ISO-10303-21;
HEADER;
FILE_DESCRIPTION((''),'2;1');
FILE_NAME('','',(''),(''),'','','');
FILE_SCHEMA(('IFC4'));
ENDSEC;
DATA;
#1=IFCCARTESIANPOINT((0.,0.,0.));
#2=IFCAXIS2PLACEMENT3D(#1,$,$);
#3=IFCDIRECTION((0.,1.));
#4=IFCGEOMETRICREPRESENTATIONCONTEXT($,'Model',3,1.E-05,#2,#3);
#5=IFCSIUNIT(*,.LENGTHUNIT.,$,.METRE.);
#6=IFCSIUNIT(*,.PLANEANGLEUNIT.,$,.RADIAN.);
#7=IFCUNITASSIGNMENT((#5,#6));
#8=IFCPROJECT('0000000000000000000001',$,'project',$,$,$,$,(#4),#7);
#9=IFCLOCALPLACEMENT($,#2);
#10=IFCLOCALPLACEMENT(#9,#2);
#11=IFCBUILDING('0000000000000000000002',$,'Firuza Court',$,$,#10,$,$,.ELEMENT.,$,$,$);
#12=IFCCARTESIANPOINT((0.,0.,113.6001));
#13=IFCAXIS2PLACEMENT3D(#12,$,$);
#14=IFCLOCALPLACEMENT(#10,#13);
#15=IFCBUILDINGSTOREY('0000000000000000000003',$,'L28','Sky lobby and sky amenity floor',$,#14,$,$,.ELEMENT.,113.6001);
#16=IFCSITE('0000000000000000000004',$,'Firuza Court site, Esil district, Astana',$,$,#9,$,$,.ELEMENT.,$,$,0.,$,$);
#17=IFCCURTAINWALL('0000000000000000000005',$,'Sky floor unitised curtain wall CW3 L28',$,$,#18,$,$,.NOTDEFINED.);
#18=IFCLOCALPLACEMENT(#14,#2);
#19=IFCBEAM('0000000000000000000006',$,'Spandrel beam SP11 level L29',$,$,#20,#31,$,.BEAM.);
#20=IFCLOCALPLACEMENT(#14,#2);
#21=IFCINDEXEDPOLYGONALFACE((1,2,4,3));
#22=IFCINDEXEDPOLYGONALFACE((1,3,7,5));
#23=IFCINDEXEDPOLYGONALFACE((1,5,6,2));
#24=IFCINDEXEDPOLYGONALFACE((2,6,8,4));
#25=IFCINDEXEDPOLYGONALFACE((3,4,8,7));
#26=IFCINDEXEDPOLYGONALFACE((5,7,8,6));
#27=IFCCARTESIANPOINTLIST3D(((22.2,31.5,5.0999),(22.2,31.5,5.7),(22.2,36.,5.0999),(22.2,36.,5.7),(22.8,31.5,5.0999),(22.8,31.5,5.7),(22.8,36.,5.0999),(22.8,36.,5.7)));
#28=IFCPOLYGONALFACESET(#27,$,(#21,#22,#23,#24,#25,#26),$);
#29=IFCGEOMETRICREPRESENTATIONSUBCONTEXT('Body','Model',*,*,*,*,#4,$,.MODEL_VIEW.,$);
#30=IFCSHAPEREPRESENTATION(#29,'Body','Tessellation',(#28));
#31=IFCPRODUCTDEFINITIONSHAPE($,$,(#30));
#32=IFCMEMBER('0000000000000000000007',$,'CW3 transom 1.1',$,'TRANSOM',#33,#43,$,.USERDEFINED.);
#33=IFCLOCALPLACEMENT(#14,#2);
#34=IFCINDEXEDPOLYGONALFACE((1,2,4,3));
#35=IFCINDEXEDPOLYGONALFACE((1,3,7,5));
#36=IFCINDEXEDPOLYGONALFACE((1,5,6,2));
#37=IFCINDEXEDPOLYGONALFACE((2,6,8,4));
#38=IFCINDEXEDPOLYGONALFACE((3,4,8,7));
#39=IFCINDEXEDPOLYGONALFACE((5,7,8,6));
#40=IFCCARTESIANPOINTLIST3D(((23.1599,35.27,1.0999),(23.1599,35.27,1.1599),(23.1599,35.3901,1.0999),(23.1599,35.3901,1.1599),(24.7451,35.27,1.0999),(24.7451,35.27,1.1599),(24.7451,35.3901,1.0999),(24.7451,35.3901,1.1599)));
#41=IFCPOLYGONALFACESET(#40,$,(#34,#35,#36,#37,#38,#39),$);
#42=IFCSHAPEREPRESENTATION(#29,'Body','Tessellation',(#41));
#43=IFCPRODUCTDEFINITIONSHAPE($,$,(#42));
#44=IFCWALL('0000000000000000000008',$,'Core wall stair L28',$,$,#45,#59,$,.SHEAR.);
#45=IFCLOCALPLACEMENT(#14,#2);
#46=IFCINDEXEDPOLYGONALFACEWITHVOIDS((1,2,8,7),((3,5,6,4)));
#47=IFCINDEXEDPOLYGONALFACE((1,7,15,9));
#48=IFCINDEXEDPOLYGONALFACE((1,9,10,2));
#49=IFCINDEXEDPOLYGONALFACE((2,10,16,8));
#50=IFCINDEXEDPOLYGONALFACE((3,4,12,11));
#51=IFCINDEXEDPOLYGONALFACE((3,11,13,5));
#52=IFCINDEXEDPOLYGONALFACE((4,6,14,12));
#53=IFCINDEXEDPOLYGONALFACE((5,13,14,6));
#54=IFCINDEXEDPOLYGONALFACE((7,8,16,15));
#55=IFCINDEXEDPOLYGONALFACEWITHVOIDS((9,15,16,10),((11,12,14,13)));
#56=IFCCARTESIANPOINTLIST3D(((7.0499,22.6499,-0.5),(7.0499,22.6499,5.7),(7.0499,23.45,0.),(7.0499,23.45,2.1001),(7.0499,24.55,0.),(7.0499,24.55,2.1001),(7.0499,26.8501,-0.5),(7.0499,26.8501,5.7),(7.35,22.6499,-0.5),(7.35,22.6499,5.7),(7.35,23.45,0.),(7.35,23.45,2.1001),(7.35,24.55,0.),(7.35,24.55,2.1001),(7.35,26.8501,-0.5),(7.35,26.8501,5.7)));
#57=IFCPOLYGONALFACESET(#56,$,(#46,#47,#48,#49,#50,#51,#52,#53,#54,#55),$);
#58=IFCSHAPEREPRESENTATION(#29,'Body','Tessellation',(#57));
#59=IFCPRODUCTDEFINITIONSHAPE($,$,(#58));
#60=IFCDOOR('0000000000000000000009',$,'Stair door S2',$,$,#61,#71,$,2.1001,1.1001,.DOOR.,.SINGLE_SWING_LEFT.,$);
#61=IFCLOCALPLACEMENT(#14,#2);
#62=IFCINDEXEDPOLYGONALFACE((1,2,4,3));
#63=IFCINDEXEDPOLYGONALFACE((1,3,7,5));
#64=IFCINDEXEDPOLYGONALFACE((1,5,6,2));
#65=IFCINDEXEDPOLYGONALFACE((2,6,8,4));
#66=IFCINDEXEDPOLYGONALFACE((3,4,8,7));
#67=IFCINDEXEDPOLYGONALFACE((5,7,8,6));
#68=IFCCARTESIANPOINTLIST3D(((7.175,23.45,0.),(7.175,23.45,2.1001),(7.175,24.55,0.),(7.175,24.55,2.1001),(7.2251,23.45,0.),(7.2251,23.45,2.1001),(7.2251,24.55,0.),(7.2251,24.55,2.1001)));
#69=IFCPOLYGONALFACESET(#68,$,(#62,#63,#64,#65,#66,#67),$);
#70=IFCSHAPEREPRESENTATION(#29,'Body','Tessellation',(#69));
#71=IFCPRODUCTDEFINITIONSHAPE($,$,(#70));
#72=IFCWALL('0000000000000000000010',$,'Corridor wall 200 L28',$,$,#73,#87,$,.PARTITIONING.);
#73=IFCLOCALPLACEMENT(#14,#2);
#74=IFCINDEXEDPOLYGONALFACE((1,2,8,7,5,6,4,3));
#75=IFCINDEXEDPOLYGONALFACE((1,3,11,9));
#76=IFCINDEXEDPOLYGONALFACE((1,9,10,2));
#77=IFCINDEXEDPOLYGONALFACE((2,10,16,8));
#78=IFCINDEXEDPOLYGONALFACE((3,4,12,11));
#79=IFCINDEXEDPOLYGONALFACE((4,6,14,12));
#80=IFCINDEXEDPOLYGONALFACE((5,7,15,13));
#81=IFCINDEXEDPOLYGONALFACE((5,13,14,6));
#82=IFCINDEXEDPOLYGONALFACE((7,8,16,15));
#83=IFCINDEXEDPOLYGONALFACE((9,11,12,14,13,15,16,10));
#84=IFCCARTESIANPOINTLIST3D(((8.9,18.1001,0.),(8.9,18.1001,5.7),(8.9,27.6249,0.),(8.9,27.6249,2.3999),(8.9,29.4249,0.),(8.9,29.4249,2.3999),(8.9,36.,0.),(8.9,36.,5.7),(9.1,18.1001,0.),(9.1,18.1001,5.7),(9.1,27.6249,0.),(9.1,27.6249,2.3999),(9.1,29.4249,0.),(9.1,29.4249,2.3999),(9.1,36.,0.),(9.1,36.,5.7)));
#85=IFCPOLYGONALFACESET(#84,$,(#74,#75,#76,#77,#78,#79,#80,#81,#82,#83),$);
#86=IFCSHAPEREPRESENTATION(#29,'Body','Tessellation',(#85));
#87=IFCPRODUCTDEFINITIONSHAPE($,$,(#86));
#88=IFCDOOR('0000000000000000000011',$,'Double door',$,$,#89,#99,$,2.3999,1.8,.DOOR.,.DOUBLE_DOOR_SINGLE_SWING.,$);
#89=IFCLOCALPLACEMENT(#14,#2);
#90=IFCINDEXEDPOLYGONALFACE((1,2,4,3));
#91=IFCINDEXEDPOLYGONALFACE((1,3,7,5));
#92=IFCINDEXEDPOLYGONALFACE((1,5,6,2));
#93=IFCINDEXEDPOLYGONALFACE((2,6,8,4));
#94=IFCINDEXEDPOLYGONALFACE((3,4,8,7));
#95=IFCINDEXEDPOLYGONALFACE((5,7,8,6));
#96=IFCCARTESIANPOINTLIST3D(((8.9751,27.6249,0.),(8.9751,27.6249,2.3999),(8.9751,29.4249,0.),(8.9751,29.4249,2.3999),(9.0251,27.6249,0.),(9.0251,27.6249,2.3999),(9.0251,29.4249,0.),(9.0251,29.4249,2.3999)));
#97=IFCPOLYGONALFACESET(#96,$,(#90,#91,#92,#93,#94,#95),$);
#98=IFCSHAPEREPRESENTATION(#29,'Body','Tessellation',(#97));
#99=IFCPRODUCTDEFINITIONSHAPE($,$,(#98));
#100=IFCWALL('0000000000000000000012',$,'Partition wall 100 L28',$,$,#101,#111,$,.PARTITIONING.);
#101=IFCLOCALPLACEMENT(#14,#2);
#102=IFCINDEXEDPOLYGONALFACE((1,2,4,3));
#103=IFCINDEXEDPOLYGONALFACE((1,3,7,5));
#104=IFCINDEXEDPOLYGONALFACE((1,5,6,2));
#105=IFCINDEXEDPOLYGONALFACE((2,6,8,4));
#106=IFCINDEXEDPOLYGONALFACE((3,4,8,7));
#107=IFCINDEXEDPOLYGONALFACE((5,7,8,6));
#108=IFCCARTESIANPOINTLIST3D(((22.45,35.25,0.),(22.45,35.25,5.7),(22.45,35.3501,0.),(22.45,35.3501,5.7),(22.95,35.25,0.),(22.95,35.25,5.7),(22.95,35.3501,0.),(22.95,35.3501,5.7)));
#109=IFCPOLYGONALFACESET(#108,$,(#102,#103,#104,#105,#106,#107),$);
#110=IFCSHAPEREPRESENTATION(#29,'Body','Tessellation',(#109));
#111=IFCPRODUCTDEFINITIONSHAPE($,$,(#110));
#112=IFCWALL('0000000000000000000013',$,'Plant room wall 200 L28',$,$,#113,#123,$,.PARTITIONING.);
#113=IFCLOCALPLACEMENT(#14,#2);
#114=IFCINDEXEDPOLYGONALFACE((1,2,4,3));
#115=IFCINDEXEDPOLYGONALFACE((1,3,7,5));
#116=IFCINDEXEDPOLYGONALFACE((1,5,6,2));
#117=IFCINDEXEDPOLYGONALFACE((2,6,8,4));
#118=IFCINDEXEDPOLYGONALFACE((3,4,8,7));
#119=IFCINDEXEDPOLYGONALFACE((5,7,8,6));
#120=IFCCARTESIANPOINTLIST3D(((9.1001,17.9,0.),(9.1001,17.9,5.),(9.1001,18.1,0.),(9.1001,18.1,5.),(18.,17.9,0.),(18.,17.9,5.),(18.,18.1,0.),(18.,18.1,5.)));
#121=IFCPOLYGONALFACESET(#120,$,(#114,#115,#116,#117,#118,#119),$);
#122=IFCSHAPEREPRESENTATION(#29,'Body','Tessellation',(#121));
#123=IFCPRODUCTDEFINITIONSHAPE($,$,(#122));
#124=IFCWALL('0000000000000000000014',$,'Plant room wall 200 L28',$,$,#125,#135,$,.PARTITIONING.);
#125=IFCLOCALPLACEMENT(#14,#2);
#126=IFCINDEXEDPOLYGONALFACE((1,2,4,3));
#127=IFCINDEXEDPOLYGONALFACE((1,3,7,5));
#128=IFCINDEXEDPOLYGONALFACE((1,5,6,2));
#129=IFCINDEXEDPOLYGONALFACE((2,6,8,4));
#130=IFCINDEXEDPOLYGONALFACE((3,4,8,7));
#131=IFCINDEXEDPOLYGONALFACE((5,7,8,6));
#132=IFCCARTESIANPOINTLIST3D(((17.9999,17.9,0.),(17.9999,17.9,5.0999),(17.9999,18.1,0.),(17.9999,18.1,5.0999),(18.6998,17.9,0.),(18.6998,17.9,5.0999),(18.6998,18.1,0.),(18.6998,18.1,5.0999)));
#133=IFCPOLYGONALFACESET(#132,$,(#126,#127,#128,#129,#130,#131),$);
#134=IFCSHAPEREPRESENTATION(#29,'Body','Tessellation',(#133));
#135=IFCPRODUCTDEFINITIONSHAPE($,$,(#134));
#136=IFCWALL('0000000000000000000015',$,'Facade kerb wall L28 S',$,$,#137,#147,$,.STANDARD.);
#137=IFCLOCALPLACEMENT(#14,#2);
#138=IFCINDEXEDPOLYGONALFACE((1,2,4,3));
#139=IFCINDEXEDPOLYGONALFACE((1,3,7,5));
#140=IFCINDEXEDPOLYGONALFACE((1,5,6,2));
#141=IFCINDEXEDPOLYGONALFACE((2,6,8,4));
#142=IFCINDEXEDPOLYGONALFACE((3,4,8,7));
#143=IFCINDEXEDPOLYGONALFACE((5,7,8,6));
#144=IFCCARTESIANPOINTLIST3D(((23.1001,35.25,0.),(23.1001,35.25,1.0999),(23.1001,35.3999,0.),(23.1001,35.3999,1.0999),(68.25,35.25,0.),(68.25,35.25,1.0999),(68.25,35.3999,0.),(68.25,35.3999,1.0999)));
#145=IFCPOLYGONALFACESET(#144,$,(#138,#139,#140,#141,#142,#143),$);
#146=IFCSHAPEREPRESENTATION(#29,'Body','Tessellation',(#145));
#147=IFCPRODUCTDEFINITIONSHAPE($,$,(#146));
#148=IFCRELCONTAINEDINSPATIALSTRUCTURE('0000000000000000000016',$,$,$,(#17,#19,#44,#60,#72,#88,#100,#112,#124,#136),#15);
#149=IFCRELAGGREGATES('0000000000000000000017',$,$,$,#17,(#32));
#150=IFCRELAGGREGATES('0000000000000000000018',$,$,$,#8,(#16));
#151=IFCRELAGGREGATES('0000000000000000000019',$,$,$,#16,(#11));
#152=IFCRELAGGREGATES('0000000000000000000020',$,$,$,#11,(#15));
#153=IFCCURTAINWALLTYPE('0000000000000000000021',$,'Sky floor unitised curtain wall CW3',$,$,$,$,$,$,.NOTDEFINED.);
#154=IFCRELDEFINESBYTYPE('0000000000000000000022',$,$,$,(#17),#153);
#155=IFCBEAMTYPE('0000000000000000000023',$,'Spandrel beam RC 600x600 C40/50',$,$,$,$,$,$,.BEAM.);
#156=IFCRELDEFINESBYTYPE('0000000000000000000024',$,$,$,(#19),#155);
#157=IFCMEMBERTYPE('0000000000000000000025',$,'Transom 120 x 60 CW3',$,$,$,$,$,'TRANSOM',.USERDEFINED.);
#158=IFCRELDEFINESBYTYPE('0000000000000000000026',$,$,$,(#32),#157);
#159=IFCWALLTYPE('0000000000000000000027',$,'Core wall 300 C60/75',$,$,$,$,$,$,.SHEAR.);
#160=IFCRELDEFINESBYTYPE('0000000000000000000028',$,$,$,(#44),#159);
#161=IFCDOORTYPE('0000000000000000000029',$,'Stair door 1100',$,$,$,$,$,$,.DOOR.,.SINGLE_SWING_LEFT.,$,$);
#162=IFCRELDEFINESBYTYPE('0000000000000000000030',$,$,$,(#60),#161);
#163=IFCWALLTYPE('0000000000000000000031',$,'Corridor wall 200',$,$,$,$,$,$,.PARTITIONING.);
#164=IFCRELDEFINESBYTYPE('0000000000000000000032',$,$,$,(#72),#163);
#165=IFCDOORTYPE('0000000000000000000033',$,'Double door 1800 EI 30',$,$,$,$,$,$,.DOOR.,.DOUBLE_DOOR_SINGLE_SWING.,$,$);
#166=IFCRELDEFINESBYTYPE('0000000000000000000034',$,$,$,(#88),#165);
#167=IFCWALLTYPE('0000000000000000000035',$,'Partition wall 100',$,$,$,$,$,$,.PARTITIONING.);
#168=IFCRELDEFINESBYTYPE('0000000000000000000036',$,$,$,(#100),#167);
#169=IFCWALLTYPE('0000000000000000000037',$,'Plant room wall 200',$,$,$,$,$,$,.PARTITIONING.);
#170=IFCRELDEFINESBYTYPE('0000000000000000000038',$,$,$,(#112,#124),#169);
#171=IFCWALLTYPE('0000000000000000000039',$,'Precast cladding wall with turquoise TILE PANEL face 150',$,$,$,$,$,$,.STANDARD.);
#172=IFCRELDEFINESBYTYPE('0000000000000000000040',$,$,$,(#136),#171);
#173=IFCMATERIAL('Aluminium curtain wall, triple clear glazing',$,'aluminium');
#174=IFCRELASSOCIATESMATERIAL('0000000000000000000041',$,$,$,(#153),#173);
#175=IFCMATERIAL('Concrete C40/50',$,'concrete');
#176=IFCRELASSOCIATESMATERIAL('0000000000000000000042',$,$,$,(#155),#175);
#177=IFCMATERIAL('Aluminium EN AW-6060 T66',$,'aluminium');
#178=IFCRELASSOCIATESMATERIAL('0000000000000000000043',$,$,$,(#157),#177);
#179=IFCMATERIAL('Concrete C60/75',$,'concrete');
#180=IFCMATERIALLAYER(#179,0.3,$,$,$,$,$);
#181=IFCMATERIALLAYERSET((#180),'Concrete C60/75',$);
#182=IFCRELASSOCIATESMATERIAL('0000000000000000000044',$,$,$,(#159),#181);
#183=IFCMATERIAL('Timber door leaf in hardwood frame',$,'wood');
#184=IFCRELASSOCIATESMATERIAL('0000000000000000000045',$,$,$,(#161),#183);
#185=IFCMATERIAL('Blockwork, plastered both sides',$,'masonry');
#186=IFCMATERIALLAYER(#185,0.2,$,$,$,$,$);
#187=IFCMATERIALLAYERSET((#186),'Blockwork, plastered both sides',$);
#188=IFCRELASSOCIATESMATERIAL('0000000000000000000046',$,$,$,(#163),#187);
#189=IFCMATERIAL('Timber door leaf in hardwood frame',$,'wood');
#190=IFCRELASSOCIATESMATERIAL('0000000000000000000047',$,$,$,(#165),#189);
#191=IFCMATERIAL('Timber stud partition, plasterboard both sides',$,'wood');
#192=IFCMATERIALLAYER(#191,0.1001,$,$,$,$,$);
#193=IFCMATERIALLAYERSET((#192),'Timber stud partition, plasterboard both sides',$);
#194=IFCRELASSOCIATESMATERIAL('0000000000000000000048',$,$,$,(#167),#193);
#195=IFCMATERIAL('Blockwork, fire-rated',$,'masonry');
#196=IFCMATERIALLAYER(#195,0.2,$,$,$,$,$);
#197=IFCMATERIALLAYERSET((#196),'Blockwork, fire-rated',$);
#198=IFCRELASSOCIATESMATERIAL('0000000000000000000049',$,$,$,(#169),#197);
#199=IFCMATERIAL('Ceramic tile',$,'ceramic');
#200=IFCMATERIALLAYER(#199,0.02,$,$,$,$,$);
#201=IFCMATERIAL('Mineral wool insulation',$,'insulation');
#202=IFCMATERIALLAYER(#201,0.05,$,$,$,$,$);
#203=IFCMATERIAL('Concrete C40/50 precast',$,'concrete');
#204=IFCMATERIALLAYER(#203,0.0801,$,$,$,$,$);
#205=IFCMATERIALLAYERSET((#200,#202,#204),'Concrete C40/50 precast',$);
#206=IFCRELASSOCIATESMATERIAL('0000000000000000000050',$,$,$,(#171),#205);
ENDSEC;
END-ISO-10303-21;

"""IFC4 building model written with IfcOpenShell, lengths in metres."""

from ifc_helpers import new_model, si_unit, direction, frame, frame_2d, origin, origin_2d, place, context, subcontext, project, spatial, rectangle, extrude, material, layer, layer_set, material_profile, profile_set, type_object, element, fill, aggregate, save


model = new_model("IFC4")

# Units and contexts
model_context = context("Model", 3, precision=1e-05, world=origin(), true_north=direction((0.0, 1.0)))
body_context = subcontext(model_context, "Body", "Model", "MODEL_VIEW")
ifc_project = project(units=[si_unit("LENGTHUNIT", "METRE"), si_unit("PLANEANGLEUNIT", "RADIAN")], contexts=[model_context])

# Site, building, storey
site_placement = place(None, origin())
site = spatial("IfcSite", under=ifc_project, at=site_placement, Name="Firuza Court site, Esil district, Astana", CompositionType="ELEMENT", RefElevation=0.0)
building_placement = place(site_placement, origin())
building = spatial("IfcBuilding", under=site, at=building_placement, Name="Firuza Court", CompositionType="ELEMENT")
storey_placement = place(building_placement, frame((0.0, 0.0, 113.6001)))
storey = spatial("IfcBuildingStorey", under=building, at=storey_placement, Name="L28", Description="Sky lobby and sky amenity floor", CompositionType="ELEMENT", Elevation=113.6001)

# Shared definitions
ifc_material_1 = material(Name="Aluminium curtain wall, triple clear glazing", Category="aluminium")
curtain_wall_type = type_object("IfcCurtainWallType", Name="Sky floor unitised curtain wall CW3", PredefinedType="NOTDEFINED", material=ifc_material_1)

# Curtain wall
curtain_wall_1_placement = place(storey_placement, origin())
curtain_wall_1 = element("IfcCurtainWall", 1, at=curtain_wall_1_placement, inside=storey, type_object=curtain_wall_type, Name="Sky floor unitised curtain wall CW3 L28", PredefinedType="NOTDEFINED")

# Beam
ifc_material_2 = material(Name="Concrete C40/50", Category="concrete")
ifc_material_profile_1 = material_profile(ifc_material_2, rectangle(XDim=0.6001, YDim=0.6001, at=origin_2d()), Name="RC 600x600")
ifc_profile_set_1 = profile_set([ifc_material_profile_1], Name="Concrete C40/50")
beam_type_1 = type_object("IfcBeamType", Name="Spandrel beam RC 600x600 C40/50", PredefinedType="BEAM", material=ifc_profile_set_1)
for number, where, z_axis, x_axis, name in (
    (2, (22.5, 31.5, 5.3999), (0.0, 1.0, 0.0), (-1.0, 0.0, 0.0), "Spandrel beam SP11 level L29"),
):
    element("IfcBeam", number, at=place(storey_placement, frame(where, z_axis=z_axis, x_axis=x_axis)), inside=storey, type_object=beam_type_1, Name=name, PredefinedType="BEAM", context=body_context, shape_type="SweptSolid", body=[
        extrude(rectangle(XDim=0.6001, YDim=0.6001, at=origin_2d()), origin(), (0.0, 0.0, 1.0), 4.5),
    ])

# Member
ifc_material_3 = material(Name="Aluminium EN AW-6060 T66", Category="aluminium")
ifc_material_profile_2 = material_profile(ifc_material_3, rectangle(XDim=0.1201, YDim=0.0601, at=origin_2d()), Name="Transom 120 x 60 CW3")
ifc_profile_set_2 = profile_set([ifc_material_profile_2], Name="Aluminium EN AW-6060 T66")
member_type_1 = type_object("IfcMemberType", Name="Transom 120 x 60 CW3", ElementType="TRANSOM", PredefinedType="USERDEFINED", material=ifc_profile_set_2)
member_1_placement = place(storey_placement, frame((23.1599, 35.3301, 1.1299), z_axis=(1.0, 0.0, 0.0), x_axis=(0.0, 1.0, 0.0)))
member_1 = element("IfcMember", 3, at=member_1_placement, type_object=member_type_1, Name="CW3 transom 1.1", ObjectType="TRANSOM", PredefinedType="USERDEFINED", context=body_context, shape_type="SweptSolid", body=[
    extrude(rectangle(XDim=0.1201, YDim=0.0601, at=origin_2d()), origin(), (0.0, 0.0, 1.0), 1.5852),
])
aggregate(curtain_wall_1, [member_1])

# Walls, openings, doors
ifc_material_4 = material(Name="Concrete C60/75", Category="concrete")
ifc_layer_1 = layer(ifc_material_4, 0.3)
ifc_layer_set_1 = layer_set([ifc_layer_1], Name="Concrete C60/75")
wall_type_1 = type_object("IfcWallType", Name="Core wall 300 C60/75", PredefinedType="SHEAR", material=ifc_layer_set_1)
wall_1_placement = place(storey_placement, frame((7.2, 22.6499, -0.5), z_axis=(0.0, 0.0, 1.0), x_axis=(0.0, 1.0, 0.0)))
wall_1 = element("IfcWall", 4, at=wall_1_placement, inside=storey, type_object=wall_type_1, Name="Core wall stair L28", PredefinedType="SHEAR", context=body_context, shape_type="SweptSolid", body=[
    extrude(rectangle(XDim=4.2002, YDim=0.3, at=frame_2d((2.1001, 0.0))), origin(), (0.0, 0.0, 1.0), 6.2),
])
opening_1_placement = place(wall_1_placement, frame((0.8, 0.0, 0.5)))
opening_1 = element("IfcOpeningElement", 5, at=opening_1_placement, cuts=wall_1, PredefinedType="OPENING", context=body_context, shape_type="SweptSolid", body=[
    extrude(rectangle(XDim=1.1001, YDim=2.1001, at=frame_2d((0.55, 1.05))), frame((0.0, 0.1621, 0.0), z_axis=(0.0, -1.0, 0.0), x_axis=(1.0, 0.0, 0.0)), (0.0, 0.0, 1.0), 0.324),
])
ifc_material_5 = material(Name="Timber door leaf in hardwood frame", Category="wood")
door_type_1 = type_object("IfcDoorType", Name="Stair door 1100", OperationType="SINGLE_SWING_LEFT", PredefinedType="DOOR", material=ifc_material_5)
door_1_placement = place(opening_1_placement, origin())
door_1 = element("IfcDoor", 6, at=door_1_placement, inside=storey, type_object=door_type_1, Name="Stair door S2", OperationType="SINGLE_SWING_LEFT", OverallHeight=2.1001, OverallWidth=1.1001, PredefinedType="DOOR", context=body_context, shape_type="SweptSolid", body=[
    extrude(rectangle(XDim=1.1001, YDim=2.1001, at=frame_2d((0.55, 1.05))), frame((0.0, 0.0249, 0.0), z_axis=(0.0, -1.0, 0.0), x_axis=(1.0, 0.0, 0.0)), (0.0, 0.0, 1.0), 0.05),
])
fill(opening_1, door_1)
ifc_material_6 = material(Name="Blockwork, plastered both sides", Category="masonry")
ifc_layer_2 = layer(ifc_material_6, 0.2)
ifc_layer_set_2 = layer_set([ifc_layer_2], Name="Blockwork, plastered both sides")
wall_type_2 = type_object("IfcWallType", Name="Corridor wall 200", PredefinedType="PARTITIONING", material=ifc_layer_set_2)
wall_2_placement = place(storey_placement, frame((9.0, 18.1001, 0.0), z_axis=(0.0, 0.0, 1.0), x_axis=(0.0, 1.0, 0.0)))
wall_2 = element("IfcWall", 7, at=wall_2_placement, inside=storey, type_object=wall_type_2, Name="Corridor wall 200 L28", PredefinedType="PARTITIONING", context=body_context, shape_type="SweptSolid", body=[
    extrude(rectangle(XDim=17.8999, YDim=0.2, at=frame_2d((8.95, 0.0))), origin(), (0.0, 0.0, 1.0), 5.7),
])
opening_2_placement = place(wall_2_placement, frame((9.5249, 0.0, 0.0)))
opening_2 = element("IfcOpeningElement", 8, at=opening_2_placement, cuts=wall_2, PredefinedType="OPENING", context=body_context, shape_type="SweptSolid", body=[
    extrude(rectangle(XDim=1.8, YDim=2.3999, at=frame_2d((0.8999, 1.2))), frame((0.0, 0.1118, 0.0), z_axis=(0.0, -1.0, 0.0), x_axis=(1.0, 0.0, 0.0)), (0.0, 0.0, 1.0), 0.2239),
])
ifc_material_7 = material(Name="Timber door leaf in hardwood frame", Category="wood")
door_type_2 = type_object("IfcDoorType", Name="Double door 1800 EI 30", OperationType="DOUBLE_DOOR_SINGLE_SWING", PredefinedType="DOOR", material=ifc_material_7)
door_2_placement = place(opening_2_placement, origin())
door_2 = element("IfcDoor", 9, at=door_2_placement, inside=storey, type_object=door_type_2, Name="Double door", OperationType="DOUBLE_DOOR_SINGLE_SWING", OverallHeight=2.3999, OverallWidth=1.8, PredefinedType="DOOR", context=body_context, shape_type="SweptSolid", body=[
    extrude(rectangle(XDim=1.8, YDim=2.3999, at=frame_2d((0.8999, 1.2))), frame((0.0, 0.0249, 0.0), z_axis=(0.0, -1.0, 0.0), x_axis=(1.0, 0.0, 0.0)), (0.0, 0.0, 1.0), 0.05),
])
fill(opening_2, door_2)

# Walls
ifc_material_8 = material(Name="Timber stud partition, plasterboard both sides", Category="wood")
ifc_layer_3 = layer(ifc_material_8, 0.1001)
ifc_layer_set_3 = layer_set([ifc_layer_3], Name="Timber stud partition, plasterboard both sides")
wall_type_3 = type_object("IfcWallType", Name="Partition wall 100", PredefinedType="PARTITIONING", material=ifc_layer_set_3)
wall_3_placement = place(storey_placement, frame((22.95, 35.3, 0.0), z_axis=(0.0, 0.0, 1.0), x_axis=(-1.0, 0.0, 0.0)))
element("IfcWall", 10, at=wall_3_placement, inside=storey, type_object=wall_type_3, Name="Partition wall 100 L28", PredefinedType="PARTITIONING", context=body_context, shape_type="SweptSolid", body=[
    extrude(rectangle(XDim=0.5, YDim=0.1001, at=frame_2d((0.25, 0.0))), origin(), (0.0, 0.0, 1.0), 5.7),
])
ifc_material_9 = material(Name="Blockwork, fire-rated", Category="masonry")
ifc_layer_4 = layer(ifc_material_9, 0.2)
ifc_layer_set_4 = layer_set([ifc_layer_4], Name="Blockwork, fire-rated")
wall_type_4 = type_object("IfcWallType", Name="Plant room wall 200", PredefinedType="PARTITIONING", material=ifc_layer_set_4)
wall_4_placement = place(storey_placement, frame((18.0, 18.0, 0.0), z_axis=(0.0, 0.0, 1.0), x_axis=(-1.0, 0.0, 0.0)))
element("IfcWall", 11, at=wall_4_placement, inside=storey, type_object=wall_type_4, Name="Plant room wall 200 L28", PredefinedType="PARTITIONING", context=body_context, shape_type="SweptSolid", body=[
    extrude(rectangle(XDim=8.8999, YDim=0.2, at=frame_2d((4.45, 0.0))), origin(), (0.0, 0.0, 1.0), 5.0),
])
wall_5_placement = place(storey_placement, frame((18.7, 18.0, 0.0), z_axis=(0.0, 0.0, 1.0), x_axis=(-1.0, 0.0, 0.0)))
element("IfcWall", 12, at=wall_5_placement, inside=storey, type_object=wall_type_4, Name="Plant room wall 200 L28", PredefinedType="PARTITIONING", context=body_context, shape_type="SweptSolid", body=[
    extrude(rectangle(XDim=0.7, YDim=0.2, at=frame_2d((0.3501, 0.0))), origin(), (0.0, 0.0, 1.0), 5.0999),
])
ifc_material_10 = material(Name="Ceramic tile", Category="ceramic")
ifc_layer_5 = layer(ifc_material_10, 0.02)
ifc_material_11 = material(Name="Mineral wool insulation", Category="insulation")
ifc_layer_6 = layer(ifc_material_11, 0.05)
ifc_material_12 = material(Name="Concrete C40/50 precast", Category="concrete")
ifc_layer_7 = layer(ifc_material_12, 0.0801)
ifc_layer_set_5 = layer_set([ifc_layer_5, ifc_layer_6, ifc_layer_7], Name="Concrete C40/50 precast")
wall_type_5 = type_object("IfcWallType", Name="Precast cladding wall with turquoise TILE PANEL face 150", PredefinedType="STANDARD", material=ifc_layer_set_5)
wall_6_placement = place(storey_placement, frame((23.1001, 35.325, 0.0), z_axis=(0.0, 0.0, 1.0), x_axis=(1.0, 0.0, 0.0)))
element("IfcWall", 13, at=wall_6_placement, inside=storey, type_object=wall_type_5, Name="Facade kerb wall L28 S", PredefinedType="STANDARD", context=body_context, shape_type="SweptSolid", body=[
    extrude(rectangle(XDim=45.1499, YDim=0.1499, at=frame_2d((22.575, 0.0))), origin(), (0.0, 0.0, 1.0), 1.0999),
])

save(model, "model.ifc")
